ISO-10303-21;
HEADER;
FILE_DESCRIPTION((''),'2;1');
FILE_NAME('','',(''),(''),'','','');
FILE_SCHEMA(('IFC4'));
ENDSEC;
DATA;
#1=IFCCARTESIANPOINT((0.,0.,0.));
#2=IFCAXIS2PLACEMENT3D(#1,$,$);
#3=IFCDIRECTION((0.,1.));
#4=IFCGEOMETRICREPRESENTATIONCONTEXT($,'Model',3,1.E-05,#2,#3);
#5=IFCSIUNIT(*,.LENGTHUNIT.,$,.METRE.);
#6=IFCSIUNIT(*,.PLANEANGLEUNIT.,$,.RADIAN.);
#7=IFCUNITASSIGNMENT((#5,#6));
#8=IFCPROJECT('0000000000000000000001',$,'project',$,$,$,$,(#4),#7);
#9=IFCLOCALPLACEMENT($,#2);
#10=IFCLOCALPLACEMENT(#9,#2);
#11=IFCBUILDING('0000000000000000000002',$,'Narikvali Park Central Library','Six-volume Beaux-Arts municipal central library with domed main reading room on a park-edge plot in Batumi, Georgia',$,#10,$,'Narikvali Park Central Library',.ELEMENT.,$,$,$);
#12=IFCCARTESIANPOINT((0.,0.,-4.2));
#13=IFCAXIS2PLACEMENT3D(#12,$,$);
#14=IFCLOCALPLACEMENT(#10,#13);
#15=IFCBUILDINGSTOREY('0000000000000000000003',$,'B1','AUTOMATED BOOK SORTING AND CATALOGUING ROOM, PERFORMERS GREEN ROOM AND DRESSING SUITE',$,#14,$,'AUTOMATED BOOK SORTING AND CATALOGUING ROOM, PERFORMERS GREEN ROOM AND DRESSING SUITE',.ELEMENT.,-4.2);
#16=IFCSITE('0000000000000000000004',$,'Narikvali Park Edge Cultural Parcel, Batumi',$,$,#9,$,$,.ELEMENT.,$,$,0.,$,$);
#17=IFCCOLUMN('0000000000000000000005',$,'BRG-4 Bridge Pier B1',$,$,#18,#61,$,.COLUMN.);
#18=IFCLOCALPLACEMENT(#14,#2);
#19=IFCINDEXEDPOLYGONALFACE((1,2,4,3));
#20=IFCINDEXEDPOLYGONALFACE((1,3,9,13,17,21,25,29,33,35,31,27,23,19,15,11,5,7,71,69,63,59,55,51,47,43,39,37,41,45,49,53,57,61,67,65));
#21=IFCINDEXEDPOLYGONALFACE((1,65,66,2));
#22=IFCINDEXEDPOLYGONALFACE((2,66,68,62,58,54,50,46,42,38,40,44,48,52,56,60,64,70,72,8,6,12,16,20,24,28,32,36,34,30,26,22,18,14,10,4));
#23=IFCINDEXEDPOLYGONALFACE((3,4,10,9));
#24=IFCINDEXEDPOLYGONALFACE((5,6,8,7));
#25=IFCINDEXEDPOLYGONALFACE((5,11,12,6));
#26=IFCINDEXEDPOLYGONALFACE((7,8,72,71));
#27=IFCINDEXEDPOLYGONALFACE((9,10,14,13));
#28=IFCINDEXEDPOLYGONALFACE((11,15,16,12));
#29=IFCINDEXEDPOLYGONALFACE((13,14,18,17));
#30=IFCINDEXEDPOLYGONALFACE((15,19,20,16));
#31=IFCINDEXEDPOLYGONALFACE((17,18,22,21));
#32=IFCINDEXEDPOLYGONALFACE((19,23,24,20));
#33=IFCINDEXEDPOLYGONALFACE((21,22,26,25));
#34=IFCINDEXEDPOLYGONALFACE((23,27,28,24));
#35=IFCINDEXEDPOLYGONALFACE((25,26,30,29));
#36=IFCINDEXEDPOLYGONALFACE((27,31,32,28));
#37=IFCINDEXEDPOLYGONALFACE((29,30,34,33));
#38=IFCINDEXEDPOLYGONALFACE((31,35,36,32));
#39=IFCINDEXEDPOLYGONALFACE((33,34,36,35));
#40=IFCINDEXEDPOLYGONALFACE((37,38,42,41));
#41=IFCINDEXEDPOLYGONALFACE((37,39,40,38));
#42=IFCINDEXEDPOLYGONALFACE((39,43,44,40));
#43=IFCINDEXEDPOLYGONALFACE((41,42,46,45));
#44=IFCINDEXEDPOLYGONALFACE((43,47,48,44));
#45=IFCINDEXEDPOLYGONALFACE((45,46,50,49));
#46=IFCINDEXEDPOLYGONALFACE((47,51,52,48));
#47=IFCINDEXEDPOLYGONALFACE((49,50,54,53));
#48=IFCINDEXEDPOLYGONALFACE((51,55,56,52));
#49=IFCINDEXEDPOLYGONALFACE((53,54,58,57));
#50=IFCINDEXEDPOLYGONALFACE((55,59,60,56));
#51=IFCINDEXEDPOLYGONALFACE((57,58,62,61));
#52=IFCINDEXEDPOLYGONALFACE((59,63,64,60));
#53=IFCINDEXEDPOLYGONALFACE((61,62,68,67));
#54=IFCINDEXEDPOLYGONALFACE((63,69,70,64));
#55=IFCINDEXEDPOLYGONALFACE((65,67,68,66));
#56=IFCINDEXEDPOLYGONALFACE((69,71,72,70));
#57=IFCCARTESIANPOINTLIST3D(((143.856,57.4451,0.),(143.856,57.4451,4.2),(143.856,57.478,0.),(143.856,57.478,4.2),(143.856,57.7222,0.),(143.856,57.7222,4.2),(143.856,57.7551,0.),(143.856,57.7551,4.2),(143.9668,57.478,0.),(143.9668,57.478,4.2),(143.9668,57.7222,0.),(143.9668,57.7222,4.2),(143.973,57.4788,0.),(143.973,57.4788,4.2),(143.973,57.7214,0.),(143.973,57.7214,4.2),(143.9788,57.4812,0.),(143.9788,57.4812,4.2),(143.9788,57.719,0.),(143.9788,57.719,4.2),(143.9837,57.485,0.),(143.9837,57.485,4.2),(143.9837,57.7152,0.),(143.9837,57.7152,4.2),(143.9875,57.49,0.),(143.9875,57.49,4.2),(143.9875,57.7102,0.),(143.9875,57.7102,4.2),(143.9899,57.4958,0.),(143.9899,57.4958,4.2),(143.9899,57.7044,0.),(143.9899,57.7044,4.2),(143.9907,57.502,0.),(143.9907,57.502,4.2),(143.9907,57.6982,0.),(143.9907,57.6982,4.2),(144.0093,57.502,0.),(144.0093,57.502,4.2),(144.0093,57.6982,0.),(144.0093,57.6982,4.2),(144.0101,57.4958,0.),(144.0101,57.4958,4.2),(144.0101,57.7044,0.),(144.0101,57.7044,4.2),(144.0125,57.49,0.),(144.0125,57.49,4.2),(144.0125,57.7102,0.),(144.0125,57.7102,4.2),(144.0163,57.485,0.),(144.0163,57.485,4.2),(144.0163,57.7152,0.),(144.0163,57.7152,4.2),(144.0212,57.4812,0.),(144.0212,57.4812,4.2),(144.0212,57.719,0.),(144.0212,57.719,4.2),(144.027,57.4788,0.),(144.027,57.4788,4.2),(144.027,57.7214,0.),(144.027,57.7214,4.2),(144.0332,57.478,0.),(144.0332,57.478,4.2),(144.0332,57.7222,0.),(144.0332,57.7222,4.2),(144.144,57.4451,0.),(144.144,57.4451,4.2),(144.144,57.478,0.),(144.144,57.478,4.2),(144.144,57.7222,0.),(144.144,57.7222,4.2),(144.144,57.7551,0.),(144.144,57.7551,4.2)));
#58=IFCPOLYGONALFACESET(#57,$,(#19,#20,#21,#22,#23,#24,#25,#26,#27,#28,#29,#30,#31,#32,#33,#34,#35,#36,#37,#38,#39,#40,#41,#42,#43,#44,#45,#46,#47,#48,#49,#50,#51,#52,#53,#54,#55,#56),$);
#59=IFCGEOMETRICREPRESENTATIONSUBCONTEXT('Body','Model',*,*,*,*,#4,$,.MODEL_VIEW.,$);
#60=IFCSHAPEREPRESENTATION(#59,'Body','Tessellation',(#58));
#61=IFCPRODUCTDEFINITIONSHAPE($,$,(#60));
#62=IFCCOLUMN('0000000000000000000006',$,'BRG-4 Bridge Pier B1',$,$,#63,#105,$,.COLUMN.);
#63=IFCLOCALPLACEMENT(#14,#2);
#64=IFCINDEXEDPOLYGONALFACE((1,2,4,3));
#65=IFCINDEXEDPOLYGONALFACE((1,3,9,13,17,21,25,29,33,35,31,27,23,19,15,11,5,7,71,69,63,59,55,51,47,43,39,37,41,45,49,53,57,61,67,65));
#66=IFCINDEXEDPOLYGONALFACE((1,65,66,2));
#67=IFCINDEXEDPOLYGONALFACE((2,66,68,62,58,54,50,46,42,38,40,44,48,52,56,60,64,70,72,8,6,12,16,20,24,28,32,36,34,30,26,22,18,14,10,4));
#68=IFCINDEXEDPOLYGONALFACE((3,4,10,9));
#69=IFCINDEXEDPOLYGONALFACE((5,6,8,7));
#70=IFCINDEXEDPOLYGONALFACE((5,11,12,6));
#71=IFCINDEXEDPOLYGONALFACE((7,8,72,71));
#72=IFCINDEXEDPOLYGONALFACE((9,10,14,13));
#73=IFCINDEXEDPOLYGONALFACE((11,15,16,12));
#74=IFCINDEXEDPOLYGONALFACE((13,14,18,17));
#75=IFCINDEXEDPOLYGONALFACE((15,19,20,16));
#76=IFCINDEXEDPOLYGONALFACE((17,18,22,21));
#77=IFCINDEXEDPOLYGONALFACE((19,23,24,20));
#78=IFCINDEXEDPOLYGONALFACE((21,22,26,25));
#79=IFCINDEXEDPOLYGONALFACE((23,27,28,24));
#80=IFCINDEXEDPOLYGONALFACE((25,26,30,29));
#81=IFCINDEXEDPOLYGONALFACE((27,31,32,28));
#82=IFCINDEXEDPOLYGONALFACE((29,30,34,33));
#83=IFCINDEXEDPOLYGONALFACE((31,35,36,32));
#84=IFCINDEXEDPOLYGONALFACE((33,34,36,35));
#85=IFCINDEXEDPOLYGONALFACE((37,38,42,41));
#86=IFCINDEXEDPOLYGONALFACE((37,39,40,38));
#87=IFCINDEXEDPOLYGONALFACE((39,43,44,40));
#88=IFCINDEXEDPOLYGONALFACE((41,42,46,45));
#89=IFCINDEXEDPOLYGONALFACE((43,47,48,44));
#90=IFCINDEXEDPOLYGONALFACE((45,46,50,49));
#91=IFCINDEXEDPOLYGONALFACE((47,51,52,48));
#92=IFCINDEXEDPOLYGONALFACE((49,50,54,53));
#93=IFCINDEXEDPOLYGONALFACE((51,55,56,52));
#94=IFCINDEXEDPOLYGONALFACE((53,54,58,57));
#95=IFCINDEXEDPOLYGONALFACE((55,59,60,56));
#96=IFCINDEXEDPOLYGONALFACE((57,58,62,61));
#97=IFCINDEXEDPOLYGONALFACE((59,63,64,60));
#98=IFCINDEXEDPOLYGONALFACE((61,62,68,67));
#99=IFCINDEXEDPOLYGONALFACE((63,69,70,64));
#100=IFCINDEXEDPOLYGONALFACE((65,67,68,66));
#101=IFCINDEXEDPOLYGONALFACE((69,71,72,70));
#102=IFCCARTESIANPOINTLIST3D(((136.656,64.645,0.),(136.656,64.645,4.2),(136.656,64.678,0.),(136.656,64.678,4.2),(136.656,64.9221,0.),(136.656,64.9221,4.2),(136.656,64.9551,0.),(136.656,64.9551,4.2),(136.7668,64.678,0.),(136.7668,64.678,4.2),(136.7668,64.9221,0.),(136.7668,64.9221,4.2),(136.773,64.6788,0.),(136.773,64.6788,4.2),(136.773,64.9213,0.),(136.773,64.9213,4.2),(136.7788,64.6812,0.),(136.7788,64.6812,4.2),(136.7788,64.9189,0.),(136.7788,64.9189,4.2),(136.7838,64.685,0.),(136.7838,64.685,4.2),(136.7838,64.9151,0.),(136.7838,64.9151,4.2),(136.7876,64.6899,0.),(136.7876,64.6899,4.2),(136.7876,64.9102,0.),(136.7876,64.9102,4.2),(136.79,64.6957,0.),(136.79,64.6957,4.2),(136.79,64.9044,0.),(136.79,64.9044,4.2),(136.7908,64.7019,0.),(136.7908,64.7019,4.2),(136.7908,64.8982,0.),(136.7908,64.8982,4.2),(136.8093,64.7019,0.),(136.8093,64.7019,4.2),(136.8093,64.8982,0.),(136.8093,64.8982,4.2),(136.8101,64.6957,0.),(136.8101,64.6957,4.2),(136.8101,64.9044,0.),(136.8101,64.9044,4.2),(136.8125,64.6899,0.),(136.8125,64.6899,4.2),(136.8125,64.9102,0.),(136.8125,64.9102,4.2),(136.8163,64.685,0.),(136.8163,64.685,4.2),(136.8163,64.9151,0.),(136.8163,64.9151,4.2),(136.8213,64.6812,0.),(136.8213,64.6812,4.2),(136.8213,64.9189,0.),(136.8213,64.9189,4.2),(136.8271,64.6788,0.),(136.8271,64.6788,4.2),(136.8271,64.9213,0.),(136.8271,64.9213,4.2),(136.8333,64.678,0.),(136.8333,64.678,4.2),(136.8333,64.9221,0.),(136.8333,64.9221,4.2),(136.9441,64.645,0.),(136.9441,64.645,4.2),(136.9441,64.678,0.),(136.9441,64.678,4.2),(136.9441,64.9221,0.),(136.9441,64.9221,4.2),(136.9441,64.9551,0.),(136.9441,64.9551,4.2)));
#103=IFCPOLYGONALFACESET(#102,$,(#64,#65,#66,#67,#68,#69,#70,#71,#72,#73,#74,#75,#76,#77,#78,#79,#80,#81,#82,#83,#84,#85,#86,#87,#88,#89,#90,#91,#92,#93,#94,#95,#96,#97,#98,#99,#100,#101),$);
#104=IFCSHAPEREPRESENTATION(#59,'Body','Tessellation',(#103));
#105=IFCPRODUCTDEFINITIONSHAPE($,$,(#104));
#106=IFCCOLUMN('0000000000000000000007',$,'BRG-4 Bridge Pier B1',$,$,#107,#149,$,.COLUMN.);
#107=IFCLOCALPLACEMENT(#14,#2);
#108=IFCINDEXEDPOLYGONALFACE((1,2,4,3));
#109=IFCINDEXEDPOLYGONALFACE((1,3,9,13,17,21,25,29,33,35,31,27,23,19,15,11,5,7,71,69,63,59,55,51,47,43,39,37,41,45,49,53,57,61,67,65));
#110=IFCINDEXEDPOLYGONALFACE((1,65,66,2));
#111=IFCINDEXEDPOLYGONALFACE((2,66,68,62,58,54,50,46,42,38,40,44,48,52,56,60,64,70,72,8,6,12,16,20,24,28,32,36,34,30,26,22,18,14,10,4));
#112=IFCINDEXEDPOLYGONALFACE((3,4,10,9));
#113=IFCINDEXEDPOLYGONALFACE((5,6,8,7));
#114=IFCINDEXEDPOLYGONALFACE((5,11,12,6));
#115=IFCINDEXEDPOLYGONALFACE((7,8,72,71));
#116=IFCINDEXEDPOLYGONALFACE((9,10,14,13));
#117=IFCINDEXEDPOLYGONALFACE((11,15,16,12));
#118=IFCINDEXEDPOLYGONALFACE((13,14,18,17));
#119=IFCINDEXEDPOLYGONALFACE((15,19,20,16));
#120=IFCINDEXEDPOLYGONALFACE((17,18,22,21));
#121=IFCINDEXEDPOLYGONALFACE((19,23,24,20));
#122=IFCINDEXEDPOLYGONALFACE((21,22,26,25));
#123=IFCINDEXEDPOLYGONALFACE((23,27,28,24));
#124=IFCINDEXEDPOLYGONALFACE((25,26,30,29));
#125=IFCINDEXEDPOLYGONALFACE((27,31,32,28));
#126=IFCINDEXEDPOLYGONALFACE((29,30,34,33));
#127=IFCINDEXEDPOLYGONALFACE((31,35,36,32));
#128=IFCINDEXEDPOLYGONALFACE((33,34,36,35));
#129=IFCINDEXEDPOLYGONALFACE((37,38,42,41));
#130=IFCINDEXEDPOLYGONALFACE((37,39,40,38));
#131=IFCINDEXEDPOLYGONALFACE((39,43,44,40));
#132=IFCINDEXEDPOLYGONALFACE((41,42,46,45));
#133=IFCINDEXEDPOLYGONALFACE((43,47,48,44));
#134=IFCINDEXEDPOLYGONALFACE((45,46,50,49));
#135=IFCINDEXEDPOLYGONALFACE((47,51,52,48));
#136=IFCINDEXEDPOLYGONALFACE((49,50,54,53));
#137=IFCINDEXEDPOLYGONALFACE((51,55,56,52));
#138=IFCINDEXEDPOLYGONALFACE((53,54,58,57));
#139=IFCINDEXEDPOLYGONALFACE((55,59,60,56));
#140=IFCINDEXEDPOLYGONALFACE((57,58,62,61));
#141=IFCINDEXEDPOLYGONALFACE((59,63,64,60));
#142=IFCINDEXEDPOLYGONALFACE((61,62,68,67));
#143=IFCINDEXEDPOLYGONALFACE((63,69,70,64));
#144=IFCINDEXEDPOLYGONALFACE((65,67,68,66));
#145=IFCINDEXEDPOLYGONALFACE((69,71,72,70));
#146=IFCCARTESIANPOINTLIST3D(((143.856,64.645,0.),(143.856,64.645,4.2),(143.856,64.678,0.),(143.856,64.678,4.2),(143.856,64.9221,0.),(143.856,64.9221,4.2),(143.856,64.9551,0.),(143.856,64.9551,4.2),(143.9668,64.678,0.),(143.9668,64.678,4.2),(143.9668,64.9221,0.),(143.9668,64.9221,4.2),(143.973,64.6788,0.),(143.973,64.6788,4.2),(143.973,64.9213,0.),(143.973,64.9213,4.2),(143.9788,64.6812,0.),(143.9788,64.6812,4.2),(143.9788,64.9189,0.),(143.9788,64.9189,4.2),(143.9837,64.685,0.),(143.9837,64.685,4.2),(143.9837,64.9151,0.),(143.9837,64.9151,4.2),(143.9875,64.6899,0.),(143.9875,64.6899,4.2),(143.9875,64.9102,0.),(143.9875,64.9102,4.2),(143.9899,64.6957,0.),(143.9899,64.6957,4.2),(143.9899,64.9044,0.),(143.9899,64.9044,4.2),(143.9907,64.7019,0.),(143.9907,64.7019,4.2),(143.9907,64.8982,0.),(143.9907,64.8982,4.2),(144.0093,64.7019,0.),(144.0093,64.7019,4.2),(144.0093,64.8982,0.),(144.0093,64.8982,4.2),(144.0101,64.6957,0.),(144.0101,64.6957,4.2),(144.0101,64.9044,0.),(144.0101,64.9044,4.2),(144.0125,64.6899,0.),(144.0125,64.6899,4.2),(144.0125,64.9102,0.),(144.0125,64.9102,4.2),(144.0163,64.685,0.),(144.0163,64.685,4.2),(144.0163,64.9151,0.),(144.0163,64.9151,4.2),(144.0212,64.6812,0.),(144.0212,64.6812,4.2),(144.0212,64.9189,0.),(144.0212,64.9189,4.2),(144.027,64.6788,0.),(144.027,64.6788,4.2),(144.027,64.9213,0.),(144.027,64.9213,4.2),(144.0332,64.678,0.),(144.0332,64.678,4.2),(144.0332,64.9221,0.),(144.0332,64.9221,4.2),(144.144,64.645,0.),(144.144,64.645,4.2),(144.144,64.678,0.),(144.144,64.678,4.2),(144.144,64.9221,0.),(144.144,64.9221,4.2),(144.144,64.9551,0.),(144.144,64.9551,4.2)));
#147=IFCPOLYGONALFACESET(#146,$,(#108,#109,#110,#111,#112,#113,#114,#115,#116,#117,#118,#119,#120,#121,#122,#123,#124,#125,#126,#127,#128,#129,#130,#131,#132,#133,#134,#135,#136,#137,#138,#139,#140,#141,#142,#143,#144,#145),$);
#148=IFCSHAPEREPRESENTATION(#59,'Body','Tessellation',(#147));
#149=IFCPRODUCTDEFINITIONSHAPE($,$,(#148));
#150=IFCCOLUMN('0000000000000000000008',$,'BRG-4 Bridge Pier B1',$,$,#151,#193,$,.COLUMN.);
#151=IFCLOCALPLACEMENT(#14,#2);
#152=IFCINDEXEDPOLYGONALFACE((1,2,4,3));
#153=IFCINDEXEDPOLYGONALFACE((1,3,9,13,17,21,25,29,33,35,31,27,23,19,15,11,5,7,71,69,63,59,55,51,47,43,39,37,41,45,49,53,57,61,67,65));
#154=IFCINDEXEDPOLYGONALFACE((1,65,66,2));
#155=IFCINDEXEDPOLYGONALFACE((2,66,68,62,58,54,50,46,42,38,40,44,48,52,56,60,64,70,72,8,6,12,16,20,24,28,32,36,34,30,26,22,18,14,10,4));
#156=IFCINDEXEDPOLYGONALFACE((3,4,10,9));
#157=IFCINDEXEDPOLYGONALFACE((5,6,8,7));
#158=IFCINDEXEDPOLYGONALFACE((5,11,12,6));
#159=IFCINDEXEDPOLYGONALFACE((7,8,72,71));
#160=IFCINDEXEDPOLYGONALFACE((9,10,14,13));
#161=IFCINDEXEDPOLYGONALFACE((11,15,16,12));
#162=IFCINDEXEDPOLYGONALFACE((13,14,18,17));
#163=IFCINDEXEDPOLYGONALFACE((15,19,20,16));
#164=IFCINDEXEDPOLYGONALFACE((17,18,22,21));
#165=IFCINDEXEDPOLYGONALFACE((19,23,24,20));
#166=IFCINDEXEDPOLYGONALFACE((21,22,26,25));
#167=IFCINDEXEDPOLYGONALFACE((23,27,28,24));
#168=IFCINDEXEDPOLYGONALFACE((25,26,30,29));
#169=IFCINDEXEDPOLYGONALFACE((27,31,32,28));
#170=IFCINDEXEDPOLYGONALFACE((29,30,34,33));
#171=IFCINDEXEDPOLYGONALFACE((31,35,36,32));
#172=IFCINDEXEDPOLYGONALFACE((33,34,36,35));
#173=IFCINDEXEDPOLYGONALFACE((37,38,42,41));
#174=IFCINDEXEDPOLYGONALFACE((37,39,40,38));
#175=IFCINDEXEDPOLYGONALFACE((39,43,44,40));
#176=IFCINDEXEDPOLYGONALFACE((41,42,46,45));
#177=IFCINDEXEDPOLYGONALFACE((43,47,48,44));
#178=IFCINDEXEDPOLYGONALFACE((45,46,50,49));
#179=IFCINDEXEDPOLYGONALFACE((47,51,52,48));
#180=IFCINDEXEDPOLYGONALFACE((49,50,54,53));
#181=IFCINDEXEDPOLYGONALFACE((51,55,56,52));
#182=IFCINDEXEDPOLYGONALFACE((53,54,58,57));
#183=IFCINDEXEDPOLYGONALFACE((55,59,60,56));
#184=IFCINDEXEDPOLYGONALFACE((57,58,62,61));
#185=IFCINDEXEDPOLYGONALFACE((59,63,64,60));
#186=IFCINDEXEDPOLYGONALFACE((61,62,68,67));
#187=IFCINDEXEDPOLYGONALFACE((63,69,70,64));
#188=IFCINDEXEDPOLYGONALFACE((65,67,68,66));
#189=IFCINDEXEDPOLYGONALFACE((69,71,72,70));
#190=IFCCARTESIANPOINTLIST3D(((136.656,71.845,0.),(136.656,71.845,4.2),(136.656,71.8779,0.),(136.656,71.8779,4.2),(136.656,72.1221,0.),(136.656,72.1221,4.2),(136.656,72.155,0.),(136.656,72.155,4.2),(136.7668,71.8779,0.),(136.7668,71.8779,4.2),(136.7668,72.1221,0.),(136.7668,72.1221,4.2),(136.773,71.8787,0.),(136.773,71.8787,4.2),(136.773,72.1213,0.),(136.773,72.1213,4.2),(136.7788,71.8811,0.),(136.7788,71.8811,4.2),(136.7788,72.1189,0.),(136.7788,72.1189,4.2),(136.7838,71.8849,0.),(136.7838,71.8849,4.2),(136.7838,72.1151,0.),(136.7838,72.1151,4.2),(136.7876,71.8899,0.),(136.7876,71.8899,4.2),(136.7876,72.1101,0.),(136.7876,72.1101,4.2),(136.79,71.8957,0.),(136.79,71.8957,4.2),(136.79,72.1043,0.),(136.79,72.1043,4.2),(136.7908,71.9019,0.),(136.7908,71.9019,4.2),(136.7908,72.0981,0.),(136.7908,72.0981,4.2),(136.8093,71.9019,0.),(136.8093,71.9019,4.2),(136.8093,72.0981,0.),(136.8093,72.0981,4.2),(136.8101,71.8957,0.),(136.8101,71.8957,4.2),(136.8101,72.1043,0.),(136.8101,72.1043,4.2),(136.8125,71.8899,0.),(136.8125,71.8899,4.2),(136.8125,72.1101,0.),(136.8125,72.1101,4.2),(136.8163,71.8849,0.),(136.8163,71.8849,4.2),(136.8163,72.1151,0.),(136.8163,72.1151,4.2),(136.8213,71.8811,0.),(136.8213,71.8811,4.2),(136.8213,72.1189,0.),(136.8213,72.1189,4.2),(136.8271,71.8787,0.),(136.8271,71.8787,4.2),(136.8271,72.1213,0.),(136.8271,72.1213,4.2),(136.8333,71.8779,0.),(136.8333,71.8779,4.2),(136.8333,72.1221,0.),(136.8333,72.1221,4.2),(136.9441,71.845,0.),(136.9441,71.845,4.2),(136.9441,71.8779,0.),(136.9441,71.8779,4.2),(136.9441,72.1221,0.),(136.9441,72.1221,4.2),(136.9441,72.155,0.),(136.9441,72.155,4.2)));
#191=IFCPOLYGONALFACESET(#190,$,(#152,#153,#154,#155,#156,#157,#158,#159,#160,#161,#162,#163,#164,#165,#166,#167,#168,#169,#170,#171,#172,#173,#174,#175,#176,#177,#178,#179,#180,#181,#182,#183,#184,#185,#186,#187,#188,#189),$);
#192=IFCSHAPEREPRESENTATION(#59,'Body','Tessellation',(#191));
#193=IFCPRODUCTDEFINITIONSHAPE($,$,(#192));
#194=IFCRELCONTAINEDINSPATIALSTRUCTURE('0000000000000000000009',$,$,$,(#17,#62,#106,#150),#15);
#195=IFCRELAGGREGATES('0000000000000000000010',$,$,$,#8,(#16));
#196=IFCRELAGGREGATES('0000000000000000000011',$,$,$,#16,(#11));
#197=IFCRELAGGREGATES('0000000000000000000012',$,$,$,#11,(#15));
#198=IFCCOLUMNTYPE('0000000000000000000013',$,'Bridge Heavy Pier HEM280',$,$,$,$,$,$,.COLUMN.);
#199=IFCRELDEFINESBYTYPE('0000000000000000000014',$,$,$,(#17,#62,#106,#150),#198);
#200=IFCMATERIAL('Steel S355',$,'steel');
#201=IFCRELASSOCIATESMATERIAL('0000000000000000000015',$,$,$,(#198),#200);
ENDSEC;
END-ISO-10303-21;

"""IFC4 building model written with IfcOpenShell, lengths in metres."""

from ifc_helpers import new_model, si_unit, direction, frame, origin, origin_2d, place, context, subcontext, project, spatial, i_section, extrude, material, material_profile, profile_set, type_object, element, save


model = new_model("IFC4")

# Units and contexts
model_context = context("Model", 3, precision=1e-05, world=origin(), true_north=direction((0.0, 1.0)))
body_context = subcontext(model_context, "Body", "Model", "MODEL_VIEW")
ifc_project = project(units=[si_unit("LENGTHUNIT", "METRE"), si_unit("PLANEANGLEUNIT", "RADIAN")], contexts=[model_context])

# Site, building, storey
site_placement = place(None, origin())
site = spatial("IfcSite", under=ifc_project, at=site_placement, Name="Narikvali Park Edge Cultural Parcel, Batumi", CompositionType="ELEMENT", RefElevation=0.0)
building_placement = place(site_placement, origin())
building = spatial("IfcBuilding", under=site, at=building_placement, Name="Narikvali Park Central Library", Description="Six-volume Beaux-Arts municipal central library with domed main reading room on a park-edge plot in Batumi, Georgia", LongName="Narikvali Park Central Library", CompositionType="ELEMENT")
storey_placement = place(building_placement, frame((0.0, 0.0, -4.2)))
storey = spatial("IfcBuildingStorey", under=building, at=storey_placement, Name="B1", Description="AUTOMATED BOOK SORTING AND CATALOGUING ROOM, PERFORMERS GREEN ROOM AND DRESSING SUITE", LongName="AUTOMATED BOOK SORTING AND CATALOGUING ROOM, PERFORMERS GREEN ROOM AND DRESSING SUITE", CompositionType="ELEMENT", Elevation=-4.2)

# Columns
ifc_material_1 = material(Name="Steel S355", Category="steel")
ifc_material_profile_1 = material_profile(ifc_material_1, i_section(OverallWidth=0.2881, OverallDepth=0.3101, WebThickness=0.0186, FlangeThickness=0.033, FilletRadius=0.0239, at=origin_2d()), Name="HEM 280")
ifc_profile_set_1 = profile_set([ifc_material_profile_1], Name="Steel S355")
column_type_1 = type_object("IfcColumnType", Name="Bridge Heavy Pier HEM280", PredefinedType="COLUMN", material=ifc_profile_set_1)
for number, where, z_axis, x_axis, name in (
    (1, (144.0, 57.6001, 0.0), (0.0, 0.0, 1.0), (1.0, 0.0, 0.0), "BRG-4 Bridge Pier B1"),
    (2, (136.8, 64.8, 0.0), (0.0, 0.0, 1.0), (1.0, 0.0, 0.0), "BRG-4 Bridge Pier B1"),
    (3, (144.0, 64.8, 0.0), (0.0, 0.0, 1.0), (1.0, 0.0, 0.0), "BRG-4 Bridge Pier B1"),
    (4, (136.8, 72.0, 0.0), (0.0, 0.0, 1.0), (1.0, 0.0, 0.0), "BRG-4 Bridge Pier B1"),
):
    element("IfcColumn", number, at=place(storey_placement, frame(where, z_axis=z_axis, x_axis=x_axis)), inside=storey, type_object=column_type_1, Name=name, PredefinedType="COLUMN", context=body_context, shape_type="SweptSolid", body=[
        extrude(i_section(OverallWidth=0.2881, OverallDepth=0.3101, WebThickness=0.0186, FlangeThickness=0.033, FilletRadius=0.0239, at=origin_2d()), origin(), (0.0, 0.0, 1.0), 4.2),
    ])

save(model, "model.ifc")
